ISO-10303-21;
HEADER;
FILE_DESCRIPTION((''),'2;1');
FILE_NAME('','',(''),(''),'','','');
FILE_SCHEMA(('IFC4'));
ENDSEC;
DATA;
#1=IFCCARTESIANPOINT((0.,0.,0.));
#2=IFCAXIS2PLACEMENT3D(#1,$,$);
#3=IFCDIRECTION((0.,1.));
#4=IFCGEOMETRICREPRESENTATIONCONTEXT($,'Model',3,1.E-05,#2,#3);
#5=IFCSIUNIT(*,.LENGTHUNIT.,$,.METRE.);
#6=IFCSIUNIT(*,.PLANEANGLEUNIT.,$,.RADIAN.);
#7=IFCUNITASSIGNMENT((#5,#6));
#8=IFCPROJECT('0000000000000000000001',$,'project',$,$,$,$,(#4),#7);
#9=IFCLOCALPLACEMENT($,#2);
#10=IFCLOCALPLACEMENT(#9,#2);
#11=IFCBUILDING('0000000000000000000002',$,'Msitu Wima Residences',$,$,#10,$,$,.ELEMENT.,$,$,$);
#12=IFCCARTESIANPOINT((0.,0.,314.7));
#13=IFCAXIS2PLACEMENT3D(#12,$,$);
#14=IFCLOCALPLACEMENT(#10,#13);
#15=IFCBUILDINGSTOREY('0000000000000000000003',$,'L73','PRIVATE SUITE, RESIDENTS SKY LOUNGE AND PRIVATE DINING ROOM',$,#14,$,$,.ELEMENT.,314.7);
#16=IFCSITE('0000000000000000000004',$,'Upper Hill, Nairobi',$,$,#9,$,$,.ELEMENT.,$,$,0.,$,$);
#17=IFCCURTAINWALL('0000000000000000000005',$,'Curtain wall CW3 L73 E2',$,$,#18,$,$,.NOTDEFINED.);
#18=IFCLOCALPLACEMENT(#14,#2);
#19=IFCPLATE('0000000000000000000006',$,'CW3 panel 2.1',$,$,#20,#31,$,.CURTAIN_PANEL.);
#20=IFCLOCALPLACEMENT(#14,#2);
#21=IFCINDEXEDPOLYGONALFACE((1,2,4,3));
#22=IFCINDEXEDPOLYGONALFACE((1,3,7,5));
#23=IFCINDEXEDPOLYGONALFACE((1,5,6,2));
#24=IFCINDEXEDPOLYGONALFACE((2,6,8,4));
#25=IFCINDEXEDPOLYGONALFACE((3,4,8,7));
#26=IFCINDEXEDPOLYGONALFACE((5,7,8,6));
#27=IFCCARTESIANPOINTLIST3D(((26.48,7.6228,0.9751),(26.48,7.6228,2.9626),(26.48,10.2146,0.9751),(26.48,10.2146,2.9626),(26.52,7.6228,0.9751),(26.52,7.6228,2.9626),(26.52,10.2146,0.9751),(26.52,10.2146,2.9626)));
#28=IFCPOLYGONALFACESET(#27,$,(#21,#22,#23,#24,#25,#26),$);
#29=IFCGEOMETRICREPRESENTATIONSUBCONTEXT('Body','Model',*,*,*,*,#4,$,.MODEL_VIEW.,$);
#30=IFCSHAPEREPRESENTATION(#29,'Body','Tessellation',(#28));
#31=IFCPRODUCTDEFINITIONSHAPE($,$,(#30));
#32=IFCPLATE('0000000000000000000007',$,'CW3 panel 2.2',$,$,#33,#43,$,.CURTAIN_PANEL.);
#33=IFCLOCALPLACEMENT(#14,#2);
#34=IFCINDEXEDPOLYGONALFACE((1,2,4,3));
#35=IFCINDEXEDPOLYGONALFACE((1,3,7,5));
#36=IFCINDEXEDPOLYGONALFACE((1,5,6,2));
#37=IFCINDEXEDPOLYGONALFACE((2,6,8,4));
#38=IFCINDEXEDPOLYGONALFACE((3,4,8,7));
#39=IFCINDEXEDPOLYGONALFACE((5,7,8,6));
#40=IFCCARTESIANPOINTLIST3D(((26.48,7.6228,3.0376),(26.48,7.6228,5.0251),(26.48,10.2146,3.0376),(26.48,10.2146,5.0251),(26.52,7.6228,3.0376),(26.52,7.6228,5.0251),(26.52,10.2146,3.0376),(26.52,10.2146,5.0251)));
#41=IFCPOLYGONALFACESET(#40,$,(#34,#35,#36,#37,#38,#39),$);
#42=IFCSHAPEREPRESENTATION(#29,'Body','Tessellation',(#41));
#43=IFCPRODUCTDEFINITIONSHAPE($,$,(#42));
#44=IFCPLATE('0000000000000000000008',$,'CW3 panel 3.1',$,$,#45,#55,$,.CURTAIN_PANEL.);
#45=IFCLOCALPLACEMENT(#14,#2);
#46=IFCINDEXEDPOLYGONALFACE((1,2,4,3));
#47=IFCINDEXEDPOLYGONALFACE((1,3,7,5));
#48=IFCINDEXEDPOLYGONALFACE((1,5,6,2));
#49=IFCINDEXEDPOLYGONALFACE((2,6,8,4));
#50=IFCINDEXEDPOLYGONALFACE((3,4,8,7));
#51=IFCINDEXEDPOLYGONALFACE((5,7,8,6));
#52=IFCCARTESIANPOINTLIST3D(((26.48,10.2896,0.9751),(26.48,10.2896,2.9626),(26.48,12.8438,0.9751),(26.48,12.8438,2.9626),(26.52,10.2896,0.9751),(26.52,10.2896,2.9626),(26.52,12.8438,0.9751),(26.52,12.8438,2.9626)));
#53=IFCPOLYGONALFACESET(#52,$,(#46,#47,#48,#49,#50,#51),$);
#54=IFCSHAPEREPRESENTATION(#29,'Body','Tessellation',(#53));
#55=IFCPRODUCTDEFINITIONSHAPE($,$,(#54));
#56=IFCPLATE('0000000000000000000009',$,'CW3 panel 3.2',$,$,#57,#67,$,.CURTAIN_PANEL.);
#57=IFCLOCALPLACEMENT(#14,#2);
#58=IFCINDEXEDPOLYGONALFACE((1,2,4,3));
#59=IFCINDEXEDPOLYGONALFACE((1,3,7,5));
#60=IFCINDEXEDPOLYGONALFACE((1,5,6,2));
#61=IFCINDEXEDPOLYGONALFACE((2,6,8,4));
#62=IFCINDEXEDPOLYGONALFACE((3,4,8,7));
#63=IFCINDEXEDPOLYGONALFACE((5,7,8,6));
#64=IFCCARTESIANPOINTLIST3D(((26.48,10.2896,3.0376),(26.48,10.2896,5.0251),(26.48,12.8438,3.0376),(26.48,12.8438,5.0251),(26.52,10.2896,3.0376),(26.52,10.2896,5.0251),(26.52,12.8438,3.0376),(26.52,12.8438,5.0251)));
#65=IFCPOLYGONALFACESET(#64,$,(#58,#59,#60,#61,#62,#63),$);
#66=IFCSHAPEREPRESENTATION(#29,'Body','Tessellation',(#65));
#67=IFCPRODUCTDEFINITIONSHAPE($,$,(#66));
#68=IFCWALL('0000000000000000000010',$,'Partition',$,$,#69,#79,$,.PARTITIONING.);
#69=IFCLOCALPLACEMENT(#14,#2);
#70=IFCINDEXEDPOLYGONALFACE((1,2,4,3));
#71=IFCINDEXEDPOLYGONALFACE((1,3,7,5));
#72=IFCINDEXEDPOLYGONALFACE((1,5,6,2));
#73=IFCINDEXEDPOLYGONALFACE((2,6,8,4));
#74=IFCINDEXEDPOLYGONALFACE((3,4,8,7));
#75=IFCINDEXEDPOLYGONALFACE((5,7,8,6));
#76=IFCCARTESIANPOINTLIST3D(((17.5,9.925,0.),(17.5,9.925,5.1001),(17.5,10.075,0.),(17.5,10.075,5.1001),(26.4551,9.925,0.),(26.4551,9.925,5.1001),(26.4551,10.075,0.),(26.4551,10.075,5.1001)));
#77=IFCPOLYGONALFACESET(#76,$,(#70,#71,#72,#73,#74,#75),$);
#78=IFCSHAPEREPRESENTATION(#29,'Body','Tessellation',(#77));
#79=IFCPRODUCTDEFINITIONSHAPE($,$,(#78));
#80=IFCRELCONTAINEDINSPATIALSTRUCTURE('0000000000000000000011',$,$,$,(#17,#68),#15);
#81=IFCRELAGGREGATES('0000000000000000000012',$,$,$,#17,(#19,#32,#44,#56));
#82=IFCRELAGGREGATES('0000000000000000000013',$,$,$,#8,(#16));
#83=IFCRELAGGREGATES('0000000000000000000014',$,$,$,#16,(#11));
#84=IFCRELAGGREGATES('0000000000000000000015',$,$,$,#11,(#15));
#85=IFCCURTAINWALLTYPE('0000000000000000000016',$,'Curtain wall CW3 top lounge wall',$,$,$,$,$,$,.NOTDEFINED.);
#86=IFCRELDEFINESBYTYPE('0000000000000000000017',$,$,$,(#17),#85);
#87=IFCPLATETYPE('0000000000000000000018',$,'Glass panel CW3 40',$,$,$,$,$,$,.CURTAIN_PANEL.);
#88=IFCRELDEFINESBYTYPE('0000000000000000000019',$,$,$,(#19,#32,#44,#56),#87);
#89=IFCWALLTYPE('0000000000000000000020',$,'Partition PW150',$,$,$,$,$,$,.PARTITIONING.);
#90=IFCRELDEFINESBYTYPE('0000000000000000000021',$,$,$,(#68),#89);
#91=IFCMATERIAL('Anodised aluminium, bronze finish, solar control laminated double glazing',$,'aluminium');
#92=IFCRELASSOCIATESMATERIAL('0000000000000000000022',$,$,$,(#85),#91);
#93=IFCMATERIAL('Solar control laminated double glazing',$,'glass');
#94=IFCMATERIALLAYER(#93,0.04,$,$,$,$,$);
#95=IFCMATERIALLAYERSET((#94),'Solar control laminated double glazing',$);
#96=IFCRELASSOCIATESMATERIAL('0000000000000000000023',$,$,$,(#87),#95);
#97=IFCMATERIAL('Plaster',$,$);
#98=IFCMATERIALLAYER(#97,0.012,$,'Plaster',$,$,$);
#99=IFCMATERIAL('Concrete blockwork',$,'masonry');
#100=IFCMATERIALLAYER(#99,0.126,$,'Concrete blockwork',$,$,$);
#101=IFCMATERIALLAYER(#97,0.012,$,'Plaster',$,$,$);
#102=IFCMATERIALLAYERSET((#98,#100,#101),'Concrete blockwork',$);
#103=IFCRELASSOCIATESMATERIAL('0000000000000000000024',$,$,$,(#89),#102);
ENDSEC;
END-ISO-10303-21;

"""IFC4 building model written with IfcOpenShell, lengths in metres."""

from ifc_helpers import new_model, si_unit, direction, frame, frame_2d, origin, origin_2d, place, context, subcontext, project, spatial, rectangle, extrude, material, layer, layer_set, type_object, element, aggregate, save


model = new_model("IFC4")

# Units and contexts
model_context = context("Model", 3, precision=1e-05, world=origin(), true_north=direction((0.0, 1.0)))
body_context = subcontext(model_context, "Body", "Model", "MODEL_VIEW")
ifc_project = project(units=[si_unit("LENGTHUNIT", "METRE"), si_unit("PLANEANGLEUNIT", "RADIAN")], contexts=[model_context])

# Site, building, storey
site_placement = place(None, origin())
site = spatial("IfcSite", under=ifc_project, at=site_placement, Name="Upper Hill, Nairobi", CompositionType="ELEMENT", RefElevation=0.0)
building_placement = place(site_placement, origin())
building = spatial("IfcBuilding", under=site, at=building_placement, Name="Msitu Wima Residences", CompositionType="ELEMENT")
storey_placement = place(building_placement, frame((0.0, 0.0, 314.7)))
storey = spatial("IfcBuildingStorey", under=building, at=storey_placement, Name="L73", Description="PRIVATE SUITE, RESIDENTS SKY LOUNGE AND PRIVATE DINING ROOM", CompositionType="ELEMENT", Elevation=314.7)

# Curtain wall
ifc_material_1 = material(Name="Anodised aluminium, bronze finish, solar control laminated double glazing", Category="aluminium")
curtain_wall_type = type_object("IfcCurtainWallType", Name="Curtain wall CW3 top lounge wall", PredefinedType="NOTDEFINED", material=ifc_material_1)
curtain_wall_1_placement = place(storey_placement, origin())
curtain_wall_1 = element("IfcCurtainWall", 1, at=curtain_wall_1_placement, inside=storey, type_object=curtain_wall_type, Name="Curtain wall CW3 L73 E2", PredefinedType="NOTDEFINED")

# Plates
ifc_material_2 = material(Name="Solar control laminated double glazing", Category="glass")
ifc_layer_1 = layer(ifc_material_2, 0.04)
ifc_layer_set_1 = layer_set([ifc_layer_1], Name="Solar control laminated double glazing")
plate_type = type_object("IfcPlateType", Name="Glass panel CW3 40", PredefinedType="CURTAIN_PANEL", material=ifc_layer_set_1)
plate_1_placement = place(storey_placement, frame((26.5, 8.9187, 0.9751), z_axis=(0.0, 0.0, 1.0), x_axis=(0.0, 1.0, 0.0)))
plate_1 = element("IfcPlate", 2, at=plate_1_placement, type_object=plate_type, Name="CW3 panel 2.1", PredefinedType="CURTAIN_PANEL", context=body_context, shape_type="SweptSolid", body=[
    extrude(rectangle(XDim=2.5918, YDim=0.04, at=origin_2d()), origin(), (0.0, 0.0, 1.0), 1.9875),
])
plate_2_placement = place(storey_placement, frame((26.5, 8.9187, 3.0376), z_axis=(0.0, 0.0, 1.0), x_axis=(0.0, 1.0, 0.0)))
plate_2 = element("IfcPlate", 3, at=plate_2_placement, type_object=plate_type, Name="CW3 panel 2.2", PredefinedType="CURTAIN_PANEL", context=body_context, shape_type="SweptSolid", body=[
    extrude(rectangle(XDim=2.5918, YDim=0.04, at=origin_2d()), origin(), (0.0, 0.0, 1.0), 1.9875),
])
plate_3_placement = place(storey_placement, frame((26.5, 11.5667, 0.9751), z_axis=(0.0, 0.0, 1.0), x_axis=(0.0, 1.0, 0.0)))
plate_3 = element("IfcPlate", 4, at=plate_3_placement, type_object=plate_type, Name="CW3 panel 3.1", PredefinedType="CURTAIN_PANEL", context=body_context, shape_type="SweptSolid", body=[
    extrude(rectangle(XDim=2.5542, YDim=0.04, at=origin_2d()), origin(), (0.0, 0.0, 1.0), 1.9875),
])
plate_4_placement = place(storey_placement, frame((26.5, 11.5667, 3.0376), z_axis=(0.0, 0.0, 1.0), x_axis=(0.0, 1.0, 0.0)))
plate_4 = element("IfcPlate", 5, at=plate_4_placement, type_object=plate_type, Name="CW3 panel 3.2", PredefinedType="CURTAIN_PANEL", context=body_context, shape_type="SweptSolid", body=[
    extrude(rectangle(XDim=2.5542, YDim=0.04, at=origin_2d()), origin(), (0.0, 0.0, 1.0), 1.9875),
])
aggregate(curtain_wall_1, [plate_1, plate_2, plate_3, plate_4])

# Wall
ifc_material_3 = material(Name="Plaster")
ifc_layer_2 = layer(ifc_material_3, 0.012, Name="Plaster")
ifc_material_4 = material(Name="Concrete blockwork", Category="masonry")
ifc_layer_3 = layer(ifc_material_4, 0.126, Name="Concrete blockwork")
ifc_layer_4 = layer(ifc_material_3, 0.012, Name="Plaster")
ifc_layer_set_2 = layer_set([ifc_layer_2, ifc_layer_3, ifc_layer_4], Name="Concrete blockwork")
wall_type = type_object("IfcWallType", Name="Partition PW150", PredefinedType="PARTITIONING", material=ifc_layer_set_2)
wall_placement = place(storey_placement, frame((17.5, 10.0, 0.0), z_axis=(0.0, 0.0, 1.0), x_axis=(1.0, 0.0, 0.0)))
element("IfcWall", 6, at=wall_placement, inside=storey, type_object=wall_type, Name="Partition", PredefinedType="PARTITIONING", context=body_context, shape_type="SweptSolid", body=[
    extrude(rectangle(XDim=8.9551, YDim=0.1499, at=frame_2d((4.4775, 0.0))), origin(), (0.0, 0.0, 1.0), 5.1001),
])

save(model, "model.ifc")
